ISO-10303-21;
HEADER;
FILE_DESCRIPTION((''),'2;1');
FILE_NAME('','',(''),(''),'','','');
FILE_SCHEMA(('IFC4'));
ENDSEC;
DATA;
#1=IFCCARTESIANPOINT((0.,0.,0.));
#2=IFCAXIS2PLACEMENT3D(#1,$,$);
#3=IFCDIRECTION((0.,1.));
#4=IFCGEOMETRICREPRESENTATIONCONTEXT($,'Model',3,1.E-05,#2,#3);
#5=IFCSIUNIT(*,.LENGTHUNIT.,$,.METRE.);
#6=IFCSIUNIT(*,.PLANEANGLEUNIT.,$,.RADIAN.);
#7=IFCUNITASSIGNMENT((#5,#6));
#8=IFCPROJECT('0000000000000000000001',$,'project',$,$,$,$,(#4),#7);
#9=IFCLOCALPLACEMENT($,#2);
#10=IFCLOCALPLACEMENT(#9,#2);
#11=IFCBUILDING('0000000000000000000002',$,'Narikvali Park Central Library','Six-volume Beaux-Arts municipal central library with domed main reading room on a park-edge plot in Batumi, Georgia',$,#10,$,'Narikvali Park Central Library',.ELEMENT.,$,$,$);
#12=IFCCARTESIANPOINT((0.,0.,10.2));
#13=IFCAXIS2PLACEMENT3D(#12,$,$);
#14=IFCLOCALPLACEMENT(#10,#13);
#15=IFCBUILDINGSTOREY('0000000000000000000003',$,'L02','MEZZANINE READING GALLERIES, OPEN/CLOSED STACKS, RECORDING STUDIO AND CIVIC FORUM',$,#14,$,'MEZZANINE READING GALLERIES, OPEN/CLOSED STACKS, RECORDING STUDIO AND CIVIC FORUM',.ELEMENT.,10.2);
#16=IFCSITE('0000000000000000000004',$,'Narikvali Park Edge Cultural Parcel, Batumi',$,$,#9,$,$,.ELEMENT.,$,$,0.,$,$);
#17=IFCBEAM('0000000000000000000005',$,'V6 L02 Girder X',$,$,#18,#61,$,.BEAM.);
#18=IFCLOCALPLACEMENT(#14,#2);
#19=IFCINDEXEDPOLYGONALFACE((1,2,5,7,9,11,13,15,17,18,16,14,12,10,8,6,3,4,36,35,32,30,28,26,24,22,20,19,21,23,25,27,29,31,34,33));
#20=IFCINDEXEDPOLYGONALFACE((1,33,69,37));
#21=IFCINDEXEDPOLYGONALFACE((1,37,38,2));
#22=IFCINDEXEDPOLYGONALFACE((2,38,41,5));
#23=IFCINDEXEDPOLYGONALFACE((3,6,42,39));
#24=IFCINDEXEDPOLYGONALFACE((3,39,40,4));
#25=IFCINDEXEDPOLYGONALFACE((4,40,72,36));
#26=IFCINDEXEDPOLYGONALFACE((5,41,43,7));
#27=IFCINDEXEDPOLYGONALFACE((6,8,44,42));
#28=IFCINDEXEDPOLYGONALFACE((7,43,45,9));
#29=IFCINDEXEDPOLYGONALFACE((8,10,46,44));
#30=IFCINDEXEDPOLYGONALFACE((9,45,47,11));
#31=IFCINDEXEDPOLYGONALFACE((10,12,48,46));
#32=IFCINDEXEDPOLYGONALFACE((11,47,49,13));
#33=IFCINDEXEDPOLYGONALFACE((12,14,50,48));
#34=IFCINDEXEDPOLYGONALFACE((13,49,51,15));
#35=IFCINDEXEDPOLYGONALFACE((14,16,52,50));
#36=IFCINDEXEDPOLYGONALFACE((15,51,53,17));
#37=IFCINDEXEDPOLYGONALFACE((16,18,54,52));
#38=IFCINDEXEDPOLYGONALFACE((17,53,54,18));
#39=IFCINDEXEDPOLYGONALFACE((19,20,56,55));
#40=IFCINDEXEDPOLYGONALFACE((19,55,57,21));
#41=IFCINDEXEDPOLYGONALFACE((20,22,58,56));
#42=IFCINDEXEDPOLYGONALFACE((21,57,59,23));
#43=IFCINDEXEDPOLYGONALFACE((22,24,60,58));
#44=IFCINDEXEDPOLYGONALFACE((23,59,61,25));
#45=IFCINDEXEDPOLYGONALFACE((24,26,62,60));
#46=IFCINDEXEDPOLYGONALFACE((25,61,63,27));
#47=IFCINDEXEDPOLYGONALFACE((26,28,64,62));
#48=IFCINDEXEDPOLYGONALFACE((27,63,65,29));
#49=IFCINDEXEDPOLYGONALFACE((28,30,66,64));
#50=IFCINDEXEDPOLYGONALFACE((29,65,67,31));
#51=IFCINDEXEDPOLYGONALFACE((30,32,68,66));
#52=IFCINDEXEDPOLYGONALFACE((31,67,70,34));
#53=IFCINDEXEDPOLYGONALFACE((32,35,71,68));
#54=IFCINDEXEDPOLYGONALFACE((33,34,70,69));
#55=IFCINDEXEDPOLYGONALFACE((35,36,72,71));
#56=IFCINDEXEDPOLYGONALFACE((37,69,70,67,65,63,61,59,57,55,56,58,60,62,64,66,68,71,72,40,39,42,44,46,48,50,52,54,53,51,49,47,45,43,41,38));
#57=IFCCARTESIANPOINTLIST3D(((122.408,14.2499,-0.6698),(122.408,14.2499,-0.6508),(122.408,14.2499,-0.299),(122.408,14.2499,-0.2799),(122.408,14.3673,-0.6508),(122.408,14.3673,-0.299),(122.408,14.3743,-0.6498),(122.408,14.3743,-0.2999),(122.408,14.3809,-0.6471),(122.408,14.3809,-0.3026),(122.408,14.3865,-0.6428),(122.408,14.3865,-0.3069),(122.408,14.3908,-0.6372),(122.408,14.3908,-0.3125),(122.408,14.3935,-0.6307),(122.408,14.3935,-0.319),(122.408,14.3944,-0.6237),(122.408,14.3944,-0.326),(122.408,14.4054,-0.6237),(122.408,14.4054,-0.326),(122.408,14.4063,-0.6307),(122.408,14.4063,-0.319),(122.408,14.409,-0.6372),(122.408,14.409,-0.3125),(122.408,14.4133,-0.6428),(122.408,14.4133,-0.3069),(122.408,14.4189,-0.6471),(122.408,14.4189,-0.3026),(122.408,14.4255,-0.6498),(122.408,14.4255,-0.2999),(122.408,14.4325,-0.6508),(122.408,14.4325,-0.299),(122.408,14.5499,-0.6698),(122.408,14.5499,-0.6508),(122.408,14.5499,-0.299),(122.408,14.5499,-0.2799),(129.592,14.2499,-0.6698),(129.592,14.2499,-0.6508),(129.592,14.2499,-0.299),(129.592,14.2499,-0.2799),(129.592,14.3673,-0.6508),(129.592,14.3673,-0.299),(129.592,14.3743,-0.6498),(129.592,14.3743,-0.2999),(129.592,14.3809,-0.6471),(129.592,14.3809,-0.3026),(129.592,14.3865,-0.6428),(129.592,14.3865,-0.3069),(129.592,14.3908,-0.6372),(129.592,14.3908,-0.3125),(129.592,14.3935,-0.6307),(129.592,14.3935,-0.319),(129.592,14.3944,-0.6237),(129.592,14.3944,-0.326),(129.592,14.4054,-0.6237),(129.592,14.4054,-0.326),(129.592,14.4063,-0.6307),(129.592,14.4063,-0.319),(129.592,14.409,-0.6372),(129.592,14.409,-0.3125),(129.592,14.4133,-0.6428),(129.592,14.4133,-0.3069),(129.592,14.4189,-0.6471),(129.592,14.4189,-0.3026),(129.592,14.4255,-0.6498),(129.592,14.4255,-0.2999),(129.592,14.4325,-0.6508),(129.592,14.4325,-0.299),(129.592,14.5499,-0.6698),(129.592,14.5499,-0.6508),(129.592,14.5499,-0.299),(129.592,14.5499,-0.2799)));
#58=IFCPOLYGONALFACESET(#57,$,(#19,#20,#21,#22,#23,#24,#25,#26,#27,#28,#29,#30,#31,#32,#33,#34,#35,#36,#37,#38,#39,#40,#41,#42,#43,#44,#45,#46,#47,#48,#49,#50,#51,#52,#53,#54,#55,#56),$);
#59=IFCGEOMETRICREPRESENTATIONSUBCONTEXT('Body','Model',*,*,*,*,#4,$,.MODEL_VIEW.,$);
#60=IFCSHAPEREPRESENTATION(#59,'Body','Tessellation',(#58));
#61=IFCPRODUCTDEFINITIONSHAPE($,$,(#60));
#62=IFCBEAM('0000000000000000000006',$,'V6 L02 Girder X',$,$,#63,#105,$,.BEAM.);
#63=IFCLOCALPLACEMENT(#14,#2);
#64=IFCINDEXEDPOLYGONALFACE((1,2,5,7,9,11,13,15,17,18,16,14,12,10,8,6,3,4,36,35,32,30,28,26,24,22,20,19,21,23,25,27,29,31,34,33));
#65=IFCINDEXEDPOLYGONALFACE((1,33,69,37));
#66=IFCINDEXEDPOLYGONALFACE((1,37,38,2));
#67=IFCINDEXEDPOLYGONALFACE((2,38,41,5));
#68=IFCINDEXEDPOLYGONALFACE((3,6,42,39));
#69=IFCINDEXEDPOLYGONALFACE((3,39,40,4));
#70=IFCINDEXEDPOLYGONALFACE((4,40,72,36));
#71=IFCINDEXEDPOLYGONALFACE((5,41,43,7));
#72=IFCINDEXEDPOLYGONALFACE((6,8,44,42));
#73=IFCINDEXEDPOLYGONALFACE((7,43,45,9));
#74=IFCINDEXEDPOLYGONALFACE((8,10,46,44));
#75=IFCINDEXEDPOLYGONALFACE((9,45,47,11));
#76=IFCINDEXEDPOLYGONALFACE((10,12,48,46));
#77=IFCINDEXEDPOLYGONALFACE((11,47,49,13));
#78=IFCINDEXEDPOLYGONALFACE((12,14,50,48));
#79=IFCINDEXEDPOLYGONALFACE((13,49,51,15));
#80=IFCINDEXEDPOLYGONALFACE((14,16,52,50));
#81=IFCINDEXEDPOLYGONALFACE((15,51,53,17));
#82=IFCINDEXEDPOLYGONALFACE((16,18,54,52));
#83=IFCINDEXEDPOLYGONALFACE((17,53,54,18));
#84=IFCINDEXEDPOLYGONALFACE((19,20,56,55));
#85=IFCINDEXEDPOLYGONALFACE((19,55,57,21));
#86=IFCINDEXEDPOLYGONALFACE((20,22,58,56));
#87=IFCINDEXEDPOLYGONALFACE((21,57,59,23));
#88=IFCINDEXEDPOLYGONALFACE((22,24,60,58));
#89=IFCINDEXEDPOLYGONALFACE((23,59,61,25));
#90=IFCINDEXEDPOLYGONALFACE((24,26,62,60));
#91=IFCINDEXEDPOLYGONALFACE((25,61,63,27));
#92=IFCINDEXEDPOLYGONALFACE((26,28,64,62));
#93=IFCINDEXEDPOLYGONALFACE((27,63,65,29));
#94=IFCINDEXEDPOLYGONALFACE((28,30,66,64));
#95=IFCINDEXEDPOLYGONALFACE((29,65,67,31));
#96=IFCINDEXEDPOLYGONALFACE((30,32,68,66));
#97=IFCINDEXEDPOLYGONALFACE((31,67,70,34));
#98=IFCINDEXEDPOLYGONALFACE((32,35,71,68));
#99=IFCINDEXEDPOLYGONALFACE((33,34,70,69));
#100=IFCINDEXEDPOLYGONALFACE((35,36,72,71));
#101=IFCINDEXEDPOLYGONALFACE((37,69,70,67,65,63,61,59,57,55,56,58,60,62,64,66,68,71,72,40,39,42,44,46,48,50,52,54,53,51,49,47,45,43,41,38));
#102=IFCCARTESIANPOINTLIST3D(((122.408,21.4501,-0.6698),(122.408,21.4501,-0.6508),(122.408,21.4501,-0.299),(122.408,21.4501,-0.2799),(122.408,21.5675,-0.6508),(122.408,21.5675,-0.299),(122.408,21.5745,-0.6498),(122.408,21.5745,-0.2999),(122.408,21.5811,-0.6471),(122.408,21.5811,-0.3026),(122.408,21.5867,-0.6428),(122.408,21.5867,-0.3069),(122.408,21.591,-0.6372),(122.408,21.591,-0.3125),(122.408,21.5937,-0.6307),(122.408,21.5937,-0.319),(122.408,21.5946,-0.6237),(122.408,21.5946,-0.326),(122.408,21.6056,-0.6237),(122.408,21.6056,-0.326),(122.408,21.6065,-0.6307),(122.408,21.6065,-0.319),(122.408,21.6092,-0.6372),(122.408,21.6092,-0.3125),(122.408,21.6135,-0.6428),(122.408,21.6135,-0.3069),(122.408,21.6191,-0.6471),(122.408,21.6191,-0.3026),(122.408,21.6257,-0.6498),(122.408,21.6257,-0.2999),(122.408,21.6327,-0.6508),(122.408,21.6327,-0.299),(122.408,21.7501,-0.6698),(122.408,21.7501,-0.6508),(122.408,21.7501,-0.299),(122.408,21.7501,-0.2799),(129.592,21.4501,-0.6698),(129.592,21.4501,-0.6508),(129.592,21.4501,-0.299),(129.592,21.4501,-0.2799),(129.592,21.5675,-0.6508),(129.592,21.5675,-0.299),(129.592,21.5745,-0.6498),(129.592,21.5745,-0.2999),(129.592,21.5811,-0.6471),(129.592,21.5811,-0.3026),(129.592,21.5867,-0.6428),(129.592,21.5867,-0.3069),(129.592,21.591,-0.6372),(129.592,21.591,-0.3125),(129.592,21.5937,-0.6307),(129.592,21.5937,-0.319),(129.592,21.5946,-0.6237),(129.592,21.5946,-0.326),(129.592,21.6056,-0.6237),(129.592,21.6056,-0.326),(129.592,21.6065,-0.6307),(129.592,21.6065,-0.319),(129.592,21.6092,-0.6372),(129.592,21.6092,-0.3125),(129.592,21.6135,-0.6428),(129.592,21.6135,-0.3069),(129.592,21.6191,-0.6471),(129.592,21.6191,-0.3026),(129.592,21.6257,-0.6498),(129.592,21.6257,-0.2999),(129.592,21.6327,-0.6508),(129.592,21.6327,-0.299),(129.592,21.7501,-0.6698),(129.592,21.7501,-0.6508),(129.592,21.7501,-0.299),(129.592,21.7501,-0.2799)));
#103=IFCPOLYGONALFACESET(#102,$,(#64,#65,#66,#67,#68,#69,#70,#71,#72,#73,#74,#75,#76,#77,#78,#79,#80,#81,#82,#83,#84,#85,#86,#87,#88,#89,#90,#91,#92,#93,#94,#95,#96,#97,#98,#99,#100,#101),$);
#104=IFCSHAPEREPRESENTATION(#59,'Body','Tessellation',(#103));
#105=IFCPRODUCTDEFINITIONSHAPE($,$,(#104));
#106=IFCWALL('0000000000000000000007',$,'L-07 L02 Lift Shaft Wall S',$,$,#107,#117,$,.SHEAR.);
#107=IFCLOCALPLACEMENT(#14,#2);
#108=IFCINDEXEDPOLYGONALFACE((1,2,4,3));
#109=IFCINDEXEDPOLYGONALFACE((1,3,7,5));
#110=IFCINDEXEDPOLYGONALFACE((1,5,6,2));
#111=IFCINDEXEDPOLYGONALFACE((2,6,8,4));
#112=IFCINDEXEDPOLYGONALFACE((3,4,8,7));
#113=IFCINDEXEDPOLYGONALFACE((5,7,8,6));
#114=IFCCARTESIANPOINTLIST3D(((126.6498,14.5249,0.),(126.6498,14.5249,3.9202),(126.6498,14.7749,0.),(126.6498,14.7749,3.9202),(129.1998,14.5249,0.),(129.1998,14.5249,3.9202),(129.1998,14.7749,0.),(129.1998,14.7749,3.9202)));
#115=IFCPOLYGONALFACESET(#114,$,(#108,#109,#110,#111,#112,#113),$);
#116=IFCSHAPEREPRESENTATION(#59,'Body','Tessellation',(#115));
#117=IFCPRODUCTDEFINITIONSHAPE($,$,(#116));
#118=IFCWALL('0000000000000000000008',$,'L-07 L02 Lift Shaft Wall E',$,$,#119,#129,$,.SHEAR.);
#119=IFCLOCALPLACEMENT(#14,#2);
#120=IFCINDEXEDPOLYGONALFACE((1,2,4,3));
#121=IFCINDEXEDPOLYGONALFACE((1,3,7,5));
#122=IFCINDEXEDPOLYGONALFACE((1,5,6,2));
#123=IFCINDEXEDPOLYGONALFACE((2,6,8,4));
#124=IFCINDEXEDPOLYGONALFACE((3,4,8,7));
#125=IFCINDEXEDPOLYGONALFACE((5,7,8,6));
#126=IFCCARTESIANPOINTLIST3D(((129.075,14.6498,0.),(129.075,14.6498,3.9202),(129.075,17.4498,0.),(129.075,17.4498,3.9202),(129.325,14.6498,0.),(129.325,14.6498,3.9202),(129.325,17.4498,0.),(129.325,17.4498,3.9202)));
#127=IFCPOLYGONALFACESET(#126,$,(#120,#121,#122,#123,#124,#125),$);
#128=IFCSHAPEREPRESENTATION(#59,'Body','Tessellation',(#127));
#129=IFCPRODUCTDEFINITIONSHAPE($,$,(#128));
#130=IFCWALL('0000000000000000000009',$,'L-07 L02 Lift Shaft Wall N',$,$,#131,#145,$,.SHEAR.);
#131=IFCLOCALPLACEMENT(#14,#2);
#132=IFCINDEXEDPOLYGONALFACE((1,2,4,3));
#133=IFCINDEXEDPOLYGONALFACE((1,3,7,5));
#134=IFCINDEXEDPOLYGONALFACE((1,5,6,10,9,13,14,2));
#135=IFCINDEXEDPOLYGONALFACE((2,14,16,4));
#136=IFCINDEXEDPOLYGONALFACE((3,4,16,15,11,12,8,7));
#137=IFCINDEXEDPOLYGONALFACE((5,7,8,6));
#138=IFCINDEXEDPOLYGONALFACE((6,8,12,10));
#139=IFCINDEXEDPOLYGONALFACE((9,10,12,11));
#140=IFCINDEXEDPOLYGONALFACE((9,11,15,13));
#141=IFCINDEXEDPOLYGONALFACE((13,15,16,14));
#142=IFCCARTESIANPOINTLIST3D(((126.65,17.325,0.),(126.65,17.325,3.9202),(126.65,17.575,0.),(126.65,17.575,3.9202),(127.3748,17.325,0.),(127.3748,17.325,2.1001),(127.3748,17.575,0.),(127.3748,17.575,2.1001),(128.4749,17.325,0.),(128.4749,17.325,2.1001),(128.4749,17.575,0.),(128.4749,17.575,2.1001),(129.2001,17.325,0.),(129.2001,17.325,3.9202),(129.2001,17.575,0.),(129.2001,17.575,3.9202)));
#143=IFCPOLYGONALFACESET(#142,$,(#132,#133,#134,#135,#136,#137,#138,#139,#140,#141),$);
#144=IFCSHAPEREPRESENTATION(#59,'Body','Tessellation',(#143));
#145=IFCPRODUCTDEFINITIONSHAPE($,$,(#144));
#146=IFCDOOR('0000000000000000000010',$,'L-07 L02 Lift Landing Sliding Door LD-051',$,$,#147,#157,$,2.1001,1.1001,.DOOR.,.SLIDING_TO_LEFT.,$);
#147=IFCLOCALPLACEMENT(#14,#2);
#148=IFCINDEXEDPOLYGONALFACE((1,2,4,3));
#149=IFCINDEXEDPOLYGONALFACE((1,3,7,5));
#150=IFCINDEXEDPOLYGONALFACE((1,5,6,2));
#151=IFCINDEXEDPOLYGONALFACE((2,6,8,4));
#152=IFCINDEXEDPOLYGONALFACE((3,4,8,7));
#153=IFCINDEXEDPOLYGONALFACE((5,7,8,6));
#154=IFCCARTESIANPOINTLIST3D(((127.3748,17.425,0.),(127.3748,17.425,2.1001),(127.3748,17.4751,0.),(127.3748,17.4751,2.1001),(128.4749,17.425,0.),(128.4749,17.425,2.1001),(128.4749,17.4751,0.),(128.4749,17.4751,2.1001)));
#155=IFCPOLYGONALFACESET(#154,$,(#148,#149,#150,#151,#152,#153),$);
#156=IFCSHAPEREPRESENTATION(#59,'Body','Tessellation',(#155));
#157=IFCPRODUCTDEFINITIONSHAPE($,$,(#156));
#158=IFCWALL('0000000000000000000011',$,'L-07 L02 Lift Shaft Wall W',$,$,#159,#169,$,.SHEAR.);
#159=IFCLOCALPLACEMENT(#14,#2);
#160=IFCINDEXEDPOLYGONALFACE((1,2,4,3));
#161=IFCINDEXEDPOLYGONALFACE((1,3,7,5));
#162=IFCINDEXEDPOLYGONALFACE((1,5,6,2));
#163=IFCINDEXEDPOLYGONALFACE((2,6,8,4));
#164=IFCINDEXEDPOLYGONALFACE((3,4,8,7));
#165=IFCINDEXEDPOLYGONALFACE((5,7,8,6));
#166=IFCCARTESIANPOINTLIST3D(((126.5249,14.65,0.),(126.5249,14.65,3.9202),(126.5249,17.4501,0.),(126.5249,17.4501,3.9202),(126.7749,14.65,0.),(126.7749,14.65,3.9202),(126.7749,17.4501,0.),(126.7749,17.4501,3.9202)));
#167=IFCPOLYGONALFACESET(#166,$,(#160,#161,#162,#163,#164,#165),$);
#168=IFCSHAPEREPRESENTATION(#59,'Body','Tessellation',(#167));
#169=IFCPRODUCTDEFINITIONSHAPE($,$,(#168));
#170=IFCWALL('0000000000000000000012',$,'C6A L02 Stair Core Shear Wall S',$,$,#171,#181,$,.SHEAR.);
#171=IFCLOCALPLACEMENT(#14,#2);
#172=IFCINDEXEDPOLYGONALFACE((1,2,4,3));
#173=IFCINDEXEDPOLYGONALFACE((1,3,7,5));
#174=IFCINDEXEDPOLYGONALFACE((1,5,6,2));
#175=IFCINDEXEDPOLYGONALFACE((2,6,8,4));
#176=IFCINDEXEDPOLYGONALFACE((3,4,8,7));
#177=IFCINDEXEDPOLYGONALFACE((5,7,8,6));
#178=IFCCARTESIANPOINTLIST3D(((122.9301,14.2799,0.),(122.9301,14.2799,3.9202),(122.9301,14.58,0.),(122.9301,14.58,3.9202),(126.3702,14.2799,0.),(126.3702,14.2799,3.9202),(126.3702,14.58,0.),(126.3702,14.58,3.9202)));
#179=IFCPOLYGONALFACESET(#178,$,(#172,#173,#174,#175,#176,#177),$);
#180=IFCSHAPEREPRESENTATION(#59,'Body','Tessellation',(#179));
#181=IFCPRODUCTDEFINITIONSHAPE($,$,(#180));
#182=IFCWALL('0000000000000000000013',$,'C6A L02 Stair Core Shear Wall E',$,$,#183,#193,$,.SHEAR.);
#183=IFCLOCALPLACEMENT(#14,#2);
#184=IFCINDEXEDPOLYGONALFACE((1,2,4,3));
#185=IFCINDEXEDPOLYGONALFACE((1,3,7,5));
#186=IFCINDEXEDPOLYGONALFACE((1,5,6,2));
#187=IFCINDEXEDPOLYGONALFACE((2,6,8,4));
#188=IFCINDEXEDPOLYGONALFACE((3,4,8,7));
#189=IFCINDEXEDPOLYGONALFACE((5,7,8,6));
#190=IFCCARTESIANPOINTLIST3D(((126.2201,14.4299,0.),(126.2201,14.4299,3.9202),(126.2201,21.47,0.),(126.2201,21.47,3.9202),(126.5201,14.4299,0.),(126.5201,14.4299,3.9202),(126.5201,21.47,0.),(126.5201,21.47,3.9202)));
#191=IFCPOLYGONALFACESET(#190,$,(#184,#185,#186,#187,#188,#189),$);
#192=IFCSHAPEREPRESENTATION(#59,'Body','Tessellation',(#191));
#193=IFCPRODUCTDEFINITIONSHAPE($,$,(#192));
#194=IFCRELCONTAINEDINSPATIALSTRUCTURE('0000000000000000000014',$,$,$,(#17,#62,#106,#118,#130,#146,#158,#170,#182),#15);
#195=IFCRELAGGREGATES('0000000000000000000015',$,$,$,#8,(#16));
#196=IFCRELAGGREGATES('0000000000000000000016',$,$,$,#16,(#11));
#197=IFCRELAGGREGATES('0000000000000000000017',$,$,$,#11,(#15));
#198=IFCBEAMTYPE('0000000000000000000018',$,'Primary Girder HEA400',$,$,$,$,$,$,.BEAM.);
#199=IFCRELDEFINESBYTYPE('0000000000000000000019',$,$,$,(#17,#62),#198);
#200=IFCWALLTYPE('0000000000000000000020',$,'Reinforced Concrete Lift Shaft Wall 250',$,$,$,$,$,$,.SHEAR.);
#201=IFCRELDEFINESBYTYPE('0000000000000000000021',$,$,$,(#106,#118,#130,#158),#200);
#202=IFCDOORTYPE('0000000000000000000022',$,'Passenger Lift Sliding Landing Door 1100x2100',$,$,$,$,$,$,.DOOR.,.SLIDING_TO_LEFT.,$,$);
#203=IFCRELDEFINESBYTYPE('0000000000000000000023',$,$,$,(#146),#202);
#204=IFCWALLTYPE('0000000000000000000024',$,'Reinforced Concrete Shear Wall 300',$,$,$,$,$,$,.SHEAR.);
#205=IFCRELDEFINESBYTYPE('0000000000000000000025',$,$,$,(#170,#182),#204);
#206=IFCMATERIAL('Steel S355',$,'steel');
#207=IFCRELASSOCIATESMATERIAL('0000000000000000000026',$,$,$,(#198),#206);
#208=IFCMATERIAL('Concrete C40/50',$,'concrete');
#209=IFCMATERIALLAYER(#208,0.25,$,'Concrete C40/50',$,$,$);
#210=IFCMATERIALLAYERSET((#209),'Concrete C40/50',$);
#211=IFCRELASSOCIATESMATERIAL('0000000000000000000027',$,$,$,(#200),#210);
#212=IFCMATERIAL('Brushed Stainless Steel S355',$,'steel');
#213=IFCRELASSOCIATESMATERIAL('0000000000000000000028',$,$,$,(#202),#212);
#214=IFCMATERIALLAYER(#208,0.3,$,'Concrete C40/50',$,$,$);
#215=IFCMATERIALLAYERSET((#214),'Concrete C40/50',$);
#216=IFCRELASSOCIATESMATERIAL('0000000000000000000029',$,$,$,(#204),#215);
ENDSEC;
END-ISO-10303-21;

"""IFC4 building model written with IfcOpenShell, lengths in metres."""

from ifc_helpers import new_model, si_unit, direction, frame, frame_2d, origin, origin_2d, place, context, subcontext, project, spatial, rectangle, i_section, extrude, material, layer, layer_set, material_profile, profile_set, type_object, element, fill, save


model = new_model("IFC4")

# Units and contexts
model_context = context("Model", 3, precision=1e-05, world=origin(), true_north=direction((0.0, 1.0)))
body_context = subcontext(model_context, "Body", "Model", "MODEL_VIEW")
ifc_project = project(units=[si_unit("LENGTHUNIT", "METRE"), si_unit("PLANEANGLEUNIT", "RADIAN")], contexts=[model_context])

# Site, building, storey
site_placement = place(None, origin())
site = spatial("IfcSite", under=ifc_project, at=site_placement, Name="Narikvali Park Edge Cultural Parcel, Batumi", CompositionType="ELEMENT", RefElevation=0.0)
building_placement = place(site_placement, origin())
building = spatial("IfcBuilding", under=site, at=building_placement, Name="Narikvali Park Central Library", Description="Six-volume Beaux-Arts municipal central library with domed main reading room on a park-edge plot in Batumi, Georgia", LongName="Narikvali Park Central Library", CompositionType="ELEMENT")
storey_placement = place(building_placement, frame((0.0, 0.0, 10.2)))
storey = spatial("IfcBuildingStorey", under=building, at=storey_placement, Name="L02", Description="MEZZANINE READING GALLERIES, OPEN/CLOSED STACKS, RECORDING STUDIO AND CIVIC FORUM", LongName="MEZZANINE READING GALLERIES, OPEN/CLOSED STACKS, RECORDING STUDIO AND CIVIC FORUM", CompositionType="ELEMENT", Elevation=10.2)

# Shared definitions
ifc_material_1 = material(Name="Steel S355", Category="steel")

# Beams
ifc_material_profile_1 = material_profile(ifc_material_1, i_section(OverallWidth=0.3, OverallDepth=0.3899, WebThickness=0.011, FlangeThickness=0.019, FilletRadius=0.0271, at=origin_2d()), Name="HEA 400")
ifc_profile_set_1 = profile_set([ifc_material_profile_1], Name="Steel S355")
beam_type_1 = type_object("IfcBeamType", Name="Primary Girder HEA400", PredefinedType="BEAM", material=ifc_profile_set_1)
for number, where, z_axis, x_axis, name in (
    (1, (122.408, 14.3999, -0.4749), (1.0, 0.0, 0.0), (0.0, 1.0, 0.0), "V6 L02 Girder X"),
    (2, (122.408, 21.6001, -0.4749), (1.0, 0.0, 0.0), (0.0, 1.0, 0.0), "V6 L02 Girder X"),
):
    element("IfcBeam", number, at=place(storey_placement, frame(where, z_axis=z_axis, x_axis=x_axis)), inside=storey, type_object=beam_type_1, Name=name, PredefinedType="BEAM", context=body_context, shape_type="SweptSolid", body=[
        extrude(i_section(OverallWidth=0.3, OverallDepth=0.3899, WebThickness=0.011, FlangeThickness=0.019, FilletRadius=0.0271, at=origin_2d()), origin(), (0.0, 0.0, 1.0), 7.1841),
    ])

# Walls
ifc_material_2 = material(Name="Concrete C40/50", Category="concrete")
ifc_layer_1 = layer(ifc_material_2, 0.25, Name="Concrete C40/50")
ifc_layer_set_1 = layer_set([ifc_layer_1], Name="Concrete C40/50")
wall_type_1 = type_object("IfcWallType", Name="Reinforced Concrete Lift Shaft Wall 250", PredefinedType="SHEAR", material=ifc_layer_set_1)
wall_1_placement = place(storey_placement, frame((126.6499, 14.6499, 0.0), z_axis=(0.0, 0.0, 1.0), x_axis=(1.0, 0.0, 0.0)))
element("IfcWall", 3, at=wall_1_placement, inside=storey, type_object=wall_type_1, Name="L-07 L02 Lift Shaft Wall S", PredefinedType="SHEAR", context=body_context, shape_type="SweptSolid", body=[
    extrude(rectangle(XDim=2.55, YDim=0.25, at=frame_2d((1.2749, 0.0))), origin(), (0.0, 0.0, 1.0), 3.9202),
])
wall_2_placement = place(storey_placement, frame((129.2, 14.6499, 0.0), z_axis=(0.0, 0.0, 1.0), x_axis=(0.0, 1.0, 0.0)))
element("IfcWall", 4, at=wall_2_placement, inside=storey, type_object=wall_type_1, Name="L-07 L02 Lift Shaft Wall E", PredefinedType="SHEAR", context=body_context, shape_type="SweptSolid", body=[
    extrude(rectangle(XDim=2.8, YDim=0.25, at=frame_2d((1.3999, 0.0))), origin(), (0.0, 0.0, 1.0), 3.9202),
])

# Wall, opening, door
wall_3_placement = place(storey_placement, frame((129.2, 17.45, 0.0), z_axis=(0.0, 0.0, 1.0), x_axis=(-1.0, 0.0, 0.0)))
wall_3 = element("IfcWall", 5, at=wall_3_placement, inside=storey, type_object=wall_type_1, Name="L-07 L02 Lift Shaft Wall N", PredefinedType="SHEAR", context=body_context, shape_type="SweptSolid", body=[
    extrude(rectangle(XDim=2.55, YDim=0.25, at=frame_2d((1.2749, 0.0))), origin(), (0.0, 0.0, 1.0), 3.9202),
])
opening_1_placement = place(wall_3_placement, frame((0.7251, 0.0, 0.0)))
opening_1 = element("IfcOpeningElement", 6, at=opening_1_placement, cuts=wall_3, PredefinedType="OPENING", context=body_context, shape_type="SweptSolid", body=[
    extrude(rectangle(XDim=1.1001, YDim=2.1001, at=frame_2d((0.55, 1.05))), frame((0.0, 0.137, 0.0), z_axis=(0.0, -1.0, 0.0), x_axis=(1.0, 0.0, 0.0)), (0.0, 0.0, 1.0), 0.2739),
])
ifc_material_3 = material(Name="Brushed Stainless Steel S355", Category="steel")
door_type_1 = type_object("IfcDoorType", Name="Passenger Lift Sliding Landing Door 1100x2100", OperationType="SLIDING_TO_LEFT", PredefinedType="DOOR", material=ifc_material_3)
door_1_placement = place(opening_1_placement, origin())
door_1 = element("IfcDoor", 7, at=door_1_placement, inside=storey, type_object=door_type_1, Name="L-07 L02 Lift Landing Sliding Door LD-051", OperationType="SLIDING_TO_LEFT", OverallHeight=2.1001, OverallWidth=1.1001, PredefinedType="DOOR", context=body_context, shape_type="SweptSolid", body=[
    extrude(rectangle(XDim=1.1001, YDim=2.1001, at=frame_2d((0.55, 1.05))), frame((0.0, 0.0249, 0.0), z_axis=(0.0, -1.0, 0.0), x_axis=(1.0, 0.0, 0.0)), (0.0, 0.0, 1.0), 0.05),
])
fill(opening_1, door_1)

# Walls
wall_4_placement = place(storey_placement, frame((126.6499, 17.45, 0.0), z_axis=(0.0, 0.0, 1.0), x_axis=(0.0, -1.0, 0.0)))
element("IfcWall", 8, at=wall_4_placement, inside=storey, type_object=wall_type_1, Name="L-07 L02 Lift Shaft Wall W", PredefinedType="SHEAR", context=body_context, shape_type="SweptSolid", body=[
    extrude(rectangle(XDim=2.8, YDim=0.25, at=frame_2d((1.3999, 0.0))), origin(), (0.0, 0.0, 1.0), 3.9202),
])
ifc_layer_2 = layer(ifc_material_2, 0.3, Name="Concrete C40/50")
ifc_layer_set_2 = layer_set([ifc_layer_2], Name="Concrete C40/50")
wall_type_2 = type_object("IfcWallType", Name="Reinforced Concrete Shear Wall 300", PredefinedType="SHEAR", material=ifc_layer_set_2)
wall_5_placement = place(storey_placement, frame((122.9299, 14.4299, 0.0), z_axis=(0.0, 0.0, 1.0), x_axis=(1.0, 0.0, 0.0)))
element("IfcWall", 9, at=wall_5_placement, inside=storey, type_object=wall_type_2, Name="C6A L02 Stair Core Shear Wall S", PredefinedType="SHEAR", context=body_context, shape_type="SweptSolid", body=[
    extrude(rectangle(XDim=3.4402, YDim=0.3, at=frame_2d((1.7202, 0.0))), origin(), (0.0, 0.0, 1.0), 3.9202),
])
wall_6_placement = place(storey_placement, frame((126.3701, 14.4299, 0.0), z_axis=(0.0, 0.0, 1.0), x_axis=(0.0, 1.0, 0.0)))
element("IfcWall", 10, at=wall_6_placement, inside=storey, type_object=wall_type_2, Name="C6A L02 Stair Core Shear Wall E", PredefinedType="SHEAR", context=body_context, shape_type="SweptSolid", body=[
    extrude(rectangle(XDim=7.04, YDim=0.3, at=frame_2d((3.52, 0.0))), origin(), (0.0, 0.0, 1.0), 3.9202),
])

save(model, "model.ifc")
